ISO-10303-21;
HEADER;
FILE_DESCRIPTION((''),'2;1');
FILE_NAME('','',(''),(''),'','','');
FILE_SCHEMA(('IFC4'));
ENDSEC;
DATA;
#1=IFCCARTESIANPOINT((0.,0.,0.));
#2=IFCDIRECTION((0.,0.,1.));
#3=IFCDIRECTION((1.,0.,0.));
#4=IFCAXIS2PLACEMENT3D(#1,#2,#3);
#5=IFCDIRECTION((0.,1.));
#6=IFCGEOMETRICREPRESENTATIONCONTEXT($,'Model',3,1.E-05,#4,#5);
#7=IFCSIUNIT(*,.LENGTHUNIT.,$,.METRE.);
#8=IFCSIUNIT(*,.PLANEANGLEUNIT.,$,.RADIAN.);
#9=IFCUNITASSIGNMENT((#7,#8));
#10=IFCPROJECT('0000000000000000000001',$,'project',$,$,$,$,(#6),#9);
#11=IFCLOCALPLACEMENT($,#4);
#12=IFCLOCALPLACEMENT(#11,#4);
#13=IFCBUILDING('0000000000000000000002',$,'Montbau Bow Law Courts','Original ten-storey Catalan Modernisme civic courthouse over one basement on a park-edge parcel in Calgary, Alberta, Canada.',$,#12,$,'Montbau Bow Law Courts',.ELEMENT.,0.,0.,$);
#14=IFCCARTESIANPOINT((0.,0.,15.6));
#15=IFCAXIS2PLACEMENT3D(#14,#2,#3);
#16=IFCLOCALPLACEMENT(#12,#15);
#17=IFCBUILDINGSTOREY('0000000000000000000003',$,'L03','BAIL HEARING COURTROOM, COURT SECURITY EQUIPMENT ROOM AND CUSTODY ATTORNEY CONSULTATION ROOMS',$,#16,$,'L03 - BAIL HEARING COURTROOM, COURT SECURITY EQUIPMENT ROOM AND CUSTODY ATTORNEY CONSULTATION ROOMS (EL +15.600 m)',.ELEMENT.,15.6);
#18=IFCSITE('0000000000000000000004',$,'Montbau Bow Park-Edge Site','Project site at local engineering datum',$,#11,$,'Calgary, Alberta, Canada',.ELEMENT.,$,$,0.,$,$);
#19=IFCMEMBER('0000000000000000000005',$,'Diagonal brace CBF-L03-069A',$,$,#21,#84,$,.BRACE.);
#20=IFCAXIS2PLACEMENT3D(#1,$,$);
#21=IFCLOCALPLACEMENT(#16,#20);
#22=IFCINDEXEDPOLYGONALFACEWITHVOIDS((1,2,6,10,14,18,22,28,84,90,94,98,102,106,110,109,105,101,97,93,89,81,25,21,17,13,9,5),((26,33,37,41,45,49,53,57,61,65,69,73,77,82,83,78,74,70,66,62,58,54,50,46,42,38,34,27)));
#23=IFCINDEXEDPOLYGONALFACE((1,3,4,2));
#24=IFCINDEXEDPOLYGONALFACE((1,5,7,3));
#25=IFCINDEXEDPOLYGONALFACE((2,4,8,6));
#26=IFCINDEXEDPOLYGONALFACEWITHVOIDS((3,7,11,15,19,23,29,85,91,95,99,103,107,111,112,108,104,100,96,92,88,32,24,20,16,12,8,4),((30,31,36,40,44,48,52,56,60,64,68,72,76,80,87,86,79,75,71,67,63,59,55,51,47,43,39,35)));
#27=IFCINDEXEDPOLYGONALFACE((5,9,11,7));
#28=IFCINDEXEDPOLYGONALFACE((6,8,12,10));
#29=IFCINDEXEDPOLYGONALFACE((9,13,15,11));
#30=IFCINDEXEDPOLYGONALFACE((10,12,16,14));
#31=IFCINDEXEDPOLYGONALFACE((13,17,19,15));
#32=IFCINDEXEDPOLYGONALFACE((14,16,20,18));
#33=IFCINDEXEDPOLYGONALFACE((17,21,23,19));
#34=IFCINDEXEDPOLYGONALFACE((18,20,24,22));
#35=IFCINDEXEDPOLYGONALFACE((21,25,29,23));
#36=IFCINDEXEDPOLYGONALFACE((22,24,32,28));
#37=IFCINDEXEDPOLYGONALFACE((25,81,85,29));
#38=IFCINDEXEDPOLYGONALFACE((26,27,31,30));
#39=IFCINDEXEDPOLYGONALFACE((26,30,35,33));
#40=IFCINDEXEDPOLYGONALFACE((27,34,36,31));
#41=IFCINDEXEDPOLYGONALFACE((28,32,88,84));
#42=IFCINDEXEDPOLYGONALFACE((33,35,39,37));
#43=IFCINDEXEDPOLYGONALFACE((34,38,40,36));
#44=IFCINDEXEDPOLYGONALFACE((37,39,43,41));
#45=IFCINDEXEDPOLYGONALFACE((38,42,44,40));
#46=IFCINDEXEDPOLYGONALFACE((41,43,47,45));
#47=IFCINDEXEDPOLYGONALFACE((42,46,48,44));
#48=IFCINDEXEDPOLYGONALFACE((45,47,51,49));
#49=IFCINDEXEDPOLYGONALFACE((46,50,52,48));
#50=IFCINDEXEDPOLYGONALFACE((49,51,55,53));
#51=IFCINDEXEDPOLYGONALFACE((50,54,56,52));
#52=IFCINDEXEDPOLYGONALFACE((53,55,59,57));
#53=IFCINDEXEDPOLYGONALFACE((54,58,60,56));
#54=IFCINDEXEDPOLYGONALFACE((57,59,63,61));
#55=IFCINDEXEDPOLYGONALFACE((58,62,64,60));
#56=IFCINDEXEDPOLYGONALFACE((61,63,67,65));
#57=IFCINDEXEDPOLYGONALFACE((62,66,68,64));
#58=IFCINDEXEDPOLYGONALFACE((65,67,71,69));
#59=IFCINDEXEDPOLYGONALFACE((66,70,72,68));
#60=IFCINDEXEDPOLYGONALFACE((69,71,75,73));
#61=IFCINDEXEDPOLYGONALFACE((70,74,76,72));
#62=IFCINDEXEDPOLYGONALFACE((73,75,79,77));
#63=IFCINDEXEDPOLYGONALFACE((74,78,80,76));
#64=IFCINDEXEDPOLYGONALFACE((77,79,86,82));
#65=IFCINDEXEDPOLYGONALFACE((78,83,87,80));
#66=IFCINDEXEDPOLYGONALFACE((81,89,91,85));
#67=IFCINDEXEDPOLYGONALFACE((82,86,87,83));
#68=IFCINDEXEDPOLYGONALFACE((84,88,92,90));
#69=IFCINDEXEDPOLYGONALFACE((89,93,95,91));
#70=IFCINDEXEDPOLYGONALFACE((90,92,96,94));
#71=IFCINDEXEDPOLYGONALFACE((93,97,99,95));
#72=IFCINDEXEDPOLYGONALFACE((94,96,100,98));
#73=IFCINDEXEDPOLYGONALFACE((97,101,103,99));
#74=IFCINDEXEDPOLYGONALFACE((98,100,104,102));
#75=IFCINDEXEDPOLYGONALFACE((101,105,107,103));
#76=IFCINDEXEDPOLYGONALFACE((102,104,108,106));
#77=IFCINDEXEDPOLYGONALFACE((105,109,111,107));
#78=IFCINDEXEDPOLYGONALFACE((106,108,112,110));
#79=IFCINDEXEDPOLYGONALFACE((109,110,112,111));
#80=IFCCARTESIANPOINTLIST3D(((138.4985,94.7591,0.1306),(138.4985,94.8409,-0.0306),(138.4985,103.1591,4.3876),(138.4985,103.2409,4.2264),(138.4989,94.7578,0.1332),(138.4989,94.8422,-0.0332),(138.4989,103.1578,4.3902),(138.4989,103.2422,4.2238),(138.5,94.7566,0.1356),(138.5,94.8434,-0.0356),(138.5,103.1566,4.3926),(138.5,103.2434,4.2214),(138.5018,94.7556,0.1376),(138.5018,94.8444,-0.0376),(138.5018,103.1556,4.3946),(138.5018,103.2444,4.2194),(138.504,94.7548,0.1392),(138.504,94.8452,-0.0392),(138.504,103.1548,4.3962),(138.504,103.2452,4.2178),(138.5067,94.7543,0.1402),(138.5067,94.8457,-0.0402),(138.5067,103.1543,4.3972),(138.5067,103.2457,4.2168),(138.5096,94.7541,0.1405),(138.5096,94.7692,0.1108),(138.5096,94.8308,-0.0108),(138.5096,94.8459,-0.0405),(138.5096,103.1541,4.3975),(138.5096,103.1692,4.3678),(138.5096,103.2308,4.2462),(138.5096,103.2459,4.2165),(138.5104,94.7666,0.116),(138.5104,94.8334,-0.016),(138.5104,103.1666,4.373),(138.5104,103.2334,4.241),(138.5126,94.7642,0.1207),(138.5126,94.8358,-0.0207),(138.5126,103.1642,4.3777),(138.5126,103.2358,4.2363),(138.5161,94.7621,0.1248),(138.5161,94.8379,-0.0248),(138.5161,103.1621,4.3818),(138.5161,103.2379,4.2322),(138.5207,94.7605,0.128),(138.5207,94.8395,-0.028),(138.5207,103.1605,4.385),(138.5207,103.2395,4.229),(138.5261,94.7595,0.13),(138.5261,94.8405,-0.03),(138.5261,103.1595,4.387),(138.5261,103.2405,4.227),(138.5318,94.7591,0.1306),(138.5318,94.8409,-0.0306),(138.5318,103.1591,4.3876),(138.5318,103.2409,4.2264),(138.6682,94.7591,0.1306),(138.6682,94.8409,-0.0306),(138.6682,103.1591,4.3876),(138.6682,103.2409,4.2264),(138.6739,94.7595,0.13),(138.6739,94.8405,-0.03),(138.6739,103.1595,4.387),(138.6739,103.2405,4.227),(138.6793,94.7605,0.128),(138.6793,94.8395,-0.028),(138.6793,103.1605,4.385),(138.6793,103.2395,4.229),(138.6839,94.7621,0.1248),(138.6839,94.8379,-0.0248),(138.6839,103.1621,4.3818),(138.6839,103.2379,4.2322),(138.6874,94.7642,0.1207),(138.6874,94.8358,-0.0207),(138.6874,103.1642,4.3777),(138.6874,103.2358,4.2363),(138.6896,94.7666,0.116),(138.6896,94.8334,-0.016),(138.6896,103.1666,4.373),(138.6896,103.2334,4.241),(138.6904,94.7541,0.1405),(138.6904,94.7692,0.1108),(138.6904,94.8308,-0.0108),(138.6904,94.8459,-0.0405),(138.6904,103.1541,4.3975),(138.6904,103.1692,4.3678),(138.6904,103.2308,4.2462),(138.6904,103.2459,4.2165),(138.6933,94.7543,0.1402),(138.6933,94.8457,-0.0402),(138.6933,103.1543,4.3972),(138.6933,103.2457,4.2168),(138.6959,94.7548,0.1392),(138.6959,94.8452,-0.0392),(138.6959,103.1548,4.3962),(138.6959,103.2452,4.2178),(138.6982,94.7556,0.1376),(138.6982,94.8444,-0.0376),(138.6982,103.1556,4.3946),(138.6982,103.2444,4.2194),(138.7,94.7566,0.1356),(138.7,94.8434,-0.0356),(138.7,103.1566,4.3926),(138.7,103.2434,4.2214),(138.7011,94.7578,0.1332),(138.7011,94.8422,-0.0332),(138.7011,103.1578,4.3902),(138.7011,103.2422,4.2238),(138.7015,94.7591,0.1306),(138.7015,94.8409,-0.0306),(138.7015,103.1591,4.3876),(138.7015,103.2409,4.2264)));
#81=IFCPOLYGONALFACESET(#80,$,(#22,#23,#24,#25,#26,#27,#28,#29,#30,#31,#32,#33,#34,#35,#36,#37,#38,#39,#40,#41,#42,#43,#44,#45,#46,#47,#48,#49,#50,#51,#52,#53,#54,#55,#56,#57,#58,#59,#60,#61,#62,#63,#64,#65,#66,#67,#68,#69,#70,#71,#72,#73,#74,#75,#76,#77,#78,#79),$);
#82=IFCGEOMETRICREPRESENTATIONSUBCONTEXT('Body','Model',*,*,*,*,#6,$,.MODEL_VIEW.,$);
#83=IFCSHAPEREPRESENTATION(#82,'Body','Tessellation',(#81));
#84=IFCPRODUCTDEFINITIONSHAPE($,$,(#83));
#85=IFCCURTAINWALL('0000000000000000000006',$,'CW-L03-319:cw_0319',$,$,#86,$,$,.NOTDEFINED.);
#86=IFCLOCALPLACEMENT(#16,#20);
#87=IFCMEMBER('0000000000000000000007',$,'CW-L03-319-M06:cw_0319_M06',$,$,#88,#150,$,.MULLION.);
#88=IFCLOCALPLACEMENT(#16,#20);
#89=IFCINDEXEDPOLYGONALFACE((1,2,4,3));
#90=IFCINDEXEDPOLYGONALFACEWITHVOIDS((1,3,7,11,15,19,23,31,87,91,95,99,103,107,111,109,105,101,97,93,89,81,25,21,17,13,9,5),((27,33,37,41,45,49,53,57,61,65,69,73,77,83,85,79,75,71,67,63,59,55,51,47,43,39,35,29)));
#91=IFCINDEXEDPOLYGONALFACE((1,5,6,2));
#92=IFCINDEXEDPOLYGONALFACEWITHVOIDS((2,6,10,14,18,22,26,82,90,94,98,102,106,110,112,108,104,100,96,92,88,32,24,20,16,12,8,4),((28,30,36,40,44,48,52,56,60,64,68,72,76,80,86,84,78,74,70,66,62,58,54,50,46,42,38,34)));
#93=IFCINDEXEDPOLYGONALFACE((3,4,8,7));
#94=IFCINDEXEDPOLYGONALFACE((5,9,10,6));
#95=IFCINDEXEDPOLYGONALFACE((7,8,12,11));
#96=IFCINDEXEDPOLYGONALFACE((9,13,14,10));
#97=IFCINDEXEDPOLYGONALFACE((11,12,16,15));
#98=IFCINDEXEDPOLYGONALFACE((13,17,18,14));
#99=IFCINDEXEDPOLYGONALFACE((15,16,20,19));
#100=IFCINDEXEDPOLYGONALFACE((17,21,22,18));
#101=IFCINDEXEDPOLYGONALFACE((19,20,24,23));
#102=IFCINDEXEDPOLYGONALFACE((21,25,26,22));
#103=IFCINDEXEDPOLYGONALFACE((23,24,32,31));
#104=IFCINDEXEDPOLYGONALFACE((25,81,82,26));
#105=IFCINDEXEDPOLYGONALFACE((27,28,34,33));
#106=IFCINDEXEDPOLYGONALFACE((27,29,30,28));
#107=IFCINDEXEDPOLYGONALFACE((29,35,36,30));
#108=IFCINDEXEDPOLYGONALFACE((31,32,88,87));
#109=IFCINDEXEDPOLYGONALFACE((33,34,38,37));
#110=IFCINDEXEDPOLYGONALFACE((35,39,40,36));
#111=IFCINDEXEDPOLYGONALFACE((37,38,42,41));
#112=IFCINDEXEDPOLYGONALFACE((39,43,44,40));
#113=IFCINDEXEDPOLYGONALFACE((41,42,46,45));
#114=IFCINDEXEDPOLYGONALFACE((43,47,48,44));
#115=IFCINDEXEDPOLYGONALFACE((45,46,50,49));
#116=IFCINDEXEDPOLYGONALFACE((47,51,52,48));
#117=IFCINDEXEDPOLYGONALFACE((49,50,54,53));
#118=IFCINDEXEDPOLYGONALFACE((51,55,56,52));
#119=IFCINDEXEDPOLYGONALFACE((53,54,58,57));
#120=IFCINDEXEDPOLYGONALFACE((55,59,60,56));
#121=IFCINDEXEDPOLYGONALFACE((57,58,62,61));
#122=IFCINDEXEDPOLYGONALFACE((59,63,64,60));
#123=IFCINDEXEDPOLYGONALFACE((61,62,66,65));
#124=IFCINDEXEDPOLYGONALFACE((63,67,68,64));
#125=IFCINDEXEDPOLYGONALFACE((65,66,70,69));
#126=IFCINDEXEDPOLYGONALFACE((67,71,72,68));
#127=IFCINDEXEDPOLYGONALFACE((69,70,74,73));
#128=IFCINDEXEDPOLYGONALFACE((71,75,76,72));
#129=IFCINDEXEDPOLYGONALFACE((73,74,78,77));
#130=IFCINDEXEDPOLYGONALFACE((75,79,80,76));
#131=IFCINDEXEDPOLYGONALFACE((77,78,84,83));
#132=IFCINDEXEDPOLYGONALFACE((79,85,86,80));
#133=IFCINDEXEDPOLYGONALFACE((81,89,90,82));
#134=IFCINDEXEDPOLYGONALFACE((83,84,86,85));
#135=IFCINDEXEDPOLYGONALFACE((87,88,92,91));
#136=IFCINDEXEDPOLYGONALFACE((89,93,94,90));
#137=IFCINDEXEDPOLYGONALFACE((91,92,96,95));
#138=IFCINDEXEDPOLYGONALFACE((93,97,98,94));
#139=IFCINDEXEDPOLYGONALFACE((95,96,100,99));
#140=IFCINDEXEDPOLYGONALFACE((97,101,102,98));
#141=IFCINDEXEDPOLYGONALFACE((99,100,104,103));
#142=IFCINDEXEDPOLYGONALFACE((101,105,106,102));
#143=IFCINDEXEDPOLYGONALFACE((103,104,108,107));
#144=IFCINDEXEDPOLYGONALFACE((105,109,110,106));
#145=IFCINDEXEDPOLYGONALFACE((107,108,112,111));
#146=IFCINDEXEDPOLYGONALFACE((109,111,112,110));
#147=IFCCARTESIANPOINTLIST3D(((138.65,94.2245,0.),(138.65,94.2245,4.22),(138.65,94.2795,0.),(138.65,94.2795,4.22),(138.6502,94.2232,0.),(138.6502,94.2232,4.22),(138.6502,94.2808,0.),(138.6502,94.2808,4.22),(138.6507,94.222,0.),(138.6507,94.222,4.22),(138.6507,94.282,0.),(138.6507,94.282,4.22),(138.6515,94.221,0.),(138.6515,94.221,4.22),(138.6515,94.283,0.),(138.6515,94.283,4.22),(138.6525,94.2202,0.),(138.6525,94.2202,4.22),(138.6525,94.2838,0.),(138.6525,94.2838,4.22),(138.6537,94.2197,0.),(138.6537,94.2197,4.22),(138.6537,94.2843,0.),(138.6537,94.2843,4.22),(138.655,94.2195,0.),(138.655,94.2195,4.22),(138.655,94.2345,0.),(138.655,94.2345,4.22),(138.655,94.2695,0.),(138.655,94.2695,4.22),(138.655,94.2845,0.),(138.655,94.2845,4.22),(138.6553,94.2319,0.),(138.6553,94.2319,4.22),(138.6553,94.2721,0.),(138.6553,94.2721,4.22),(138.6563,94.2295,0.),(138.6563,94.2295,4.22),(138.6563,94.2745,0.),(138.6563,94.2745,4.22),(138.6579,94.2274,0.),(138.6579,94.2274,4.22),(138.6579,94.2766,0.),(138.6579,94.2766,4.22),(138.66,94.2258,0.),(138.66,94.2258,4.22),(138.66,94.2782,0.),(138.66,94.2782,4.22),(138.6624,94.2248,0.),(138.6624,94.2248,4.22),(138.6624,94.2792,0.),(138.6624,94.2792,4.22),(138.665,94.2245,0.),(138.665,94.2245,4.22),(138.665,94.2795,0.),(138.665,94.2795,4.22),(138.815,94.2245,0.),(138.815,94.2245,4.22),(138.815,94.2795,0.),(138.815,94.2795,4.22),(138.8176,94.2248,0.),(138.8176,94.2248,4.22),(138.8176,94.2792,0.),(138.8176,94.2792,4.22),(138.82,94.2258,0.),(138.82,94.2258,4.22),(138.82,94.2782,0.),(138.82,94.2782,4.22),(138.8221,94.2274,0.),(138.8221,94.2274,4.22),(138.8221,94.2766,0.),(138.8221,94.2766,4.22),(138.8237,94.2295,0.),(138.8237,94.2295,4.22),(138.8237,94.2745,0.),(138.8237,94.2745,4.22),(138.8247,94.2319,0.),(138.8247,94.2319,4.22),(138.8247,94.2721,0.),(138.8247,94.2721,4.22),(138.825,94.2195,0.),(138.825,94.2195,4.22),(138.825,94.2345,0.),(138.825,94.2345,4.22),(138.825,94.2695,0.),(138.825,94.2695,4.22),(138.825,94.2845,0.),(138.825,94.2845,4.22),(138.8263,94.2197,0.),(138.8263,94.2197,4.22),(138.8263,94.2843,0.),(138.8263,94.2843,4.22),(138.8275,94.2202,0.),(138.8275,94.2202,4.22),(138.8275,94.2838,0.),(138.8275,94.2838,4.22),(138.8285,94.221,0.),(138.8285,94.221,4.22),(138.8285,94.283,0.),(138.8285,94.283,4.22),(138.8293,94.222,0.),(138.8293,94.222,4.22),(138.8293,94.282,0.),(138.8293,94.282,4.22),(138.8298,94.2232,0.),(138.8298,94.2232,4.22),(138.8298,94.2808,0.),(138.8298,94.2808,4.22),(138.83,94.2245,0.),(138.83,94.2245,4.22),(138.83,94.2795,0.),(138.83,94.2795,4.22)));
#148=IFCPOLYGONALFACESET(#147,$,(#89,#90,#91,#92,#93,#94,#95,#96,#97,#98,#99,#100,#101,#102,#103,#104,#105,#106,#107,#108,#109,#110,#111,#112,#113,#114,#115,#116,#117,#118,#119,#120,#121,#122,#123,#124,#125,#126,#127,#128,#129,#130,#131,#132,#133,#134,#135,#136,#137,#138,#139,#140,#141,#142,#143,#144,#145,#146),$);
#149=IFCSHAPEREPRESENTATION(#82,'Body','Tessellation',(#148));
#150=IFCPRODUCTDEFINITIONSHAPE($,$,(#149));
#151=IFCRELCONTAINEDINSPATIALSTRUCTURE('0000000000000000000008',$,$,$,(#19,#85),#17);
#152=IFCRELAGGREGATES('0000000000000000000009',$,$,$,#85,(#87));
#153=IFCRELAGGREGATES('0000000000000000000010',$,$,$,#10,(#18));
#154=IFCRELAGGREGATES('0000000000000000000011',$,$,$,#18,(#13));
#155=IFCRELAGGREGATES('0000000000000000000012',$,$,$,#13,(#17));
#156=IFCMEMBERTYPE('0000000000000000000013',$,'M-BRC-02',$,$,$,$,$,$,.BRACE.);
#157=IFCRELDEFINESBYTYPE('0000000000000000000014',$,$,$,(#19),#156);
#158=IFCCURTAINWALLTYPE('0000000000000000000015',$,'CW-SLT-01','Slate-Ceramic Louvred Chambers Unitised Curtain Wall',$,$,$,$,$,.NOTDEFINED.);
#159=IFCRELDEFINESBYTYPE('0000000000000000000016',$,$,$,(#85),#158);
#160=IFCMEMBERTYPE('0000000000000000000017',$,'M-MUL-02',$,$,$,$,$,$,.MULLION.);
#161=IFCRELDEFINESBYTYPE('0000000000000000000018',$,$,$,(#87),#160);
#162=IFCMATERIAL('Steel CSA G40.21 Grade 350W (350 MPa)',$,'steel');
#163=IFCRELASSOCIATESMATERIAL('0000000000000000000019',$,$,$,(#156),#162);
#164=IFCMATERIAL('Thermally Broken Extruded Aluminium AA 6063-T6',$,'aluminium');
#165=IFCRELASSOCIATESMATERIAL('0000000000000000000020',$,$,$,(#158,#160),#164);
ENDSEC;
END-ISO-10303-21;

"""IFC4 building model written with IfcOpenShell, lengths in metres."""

from ifc_helpers import new_model, si_unit, direction, frame, origin_with_axes, origin_2d_with_axis, place, context, subcontext, project, spatial, hollow_rectangle, extrude, material, material_profile, profile_set, type_object, element, aggregate, save


model = new_model("IFC4")

# Units and contexts
model_context = context("Model", 3, precision=1e-05, world=origin_with_axes(), true_north=direction((0.0, 1.0)))
body_context = subcontext(model_context, "Body", "Model", "MODEL_VIEW")
ifc_project = project(units=[si_unit("LENGTHUNIT", "METRE"), si_unit("PLANEANGLEUNIT", "RADIAN")], contexts=[model_context])

# Site, building, storey
site_placement = place(None, origin_with_axes())
site = spatial("IfcSite", under=ifc_project, at=site_placement, Name="Montbau Bow Park-Edge Site", Description="Project site at local engineering datum", LongName="Calgary, Alberta, Canada", CompositionType="ELEMENT", RefElevation=0.0)
building_placement = place(site_placement, origin_with_axes())
building = spatial("IfcBuilding", under=site, at=building_placement, Name="Montbau Bow Law Courts", Description="Original ten-storey Catalan Modernisme civic courthouse over one basement on a park-edge parcel in Calgary, Alberta, Canada.", LongName="Montbau Bow Law Courts", CompositionType="ELEMENT", ElevationOfRefHeight=0.0, ElevationOfTerrain=0.0)
storey_placement = place(building_placement, frame((0.0, 0.0, 15.6), z_axis=(0.0, 0.0, 1.0), x_axis=(1.0, 0.0, 0.0)))
storey = spatial("IfcBuildingStorey", under=building, at=storey_placement, Name="L03", Description="BAIL HEARING COURTROOM, COURT SECURITY EQUIPMENT ROOM AND CUSTODY ATTORNEY CONSULTATION ROOMS", LongName="L03 - BAIL HEARING COURTROOM, COURT SECURITY EQUIPMENT ROOM AND CUSTODY ATTORNEY CONSULTATION ROOMS (EL +15.600 m)", CompositionType="ELEMENT", Elevation=15.6)

# Shared definitions
ifc_material_1 = material(Name="Steel CSA G40.21 Grade 350W (350 MPa)", Category="steel")

# Member
ifc_material_profile_1 = material_profile(ifc_material_1, hollow_rectangle(XDim=0.203, YDim=0.203, WallThickness=0.0111, InnerFilletRadius=0.0222, OuterFilletRadius=0.0111, at=origin_2d_with_axis()), Name="HSS203X203X11", Category="Main", Priority=0)
ifc_profile_set_1 = profile_set([ifc_material_profile_1], Name="Steel CSA G40.21 Grade 350W (350 MPa)")
member_type_1 = type_object("IfcMemberType", Name="M-BRC-02", PredefinedType="BRACE", material=ifc_profile_set_1)
member_1_placement = place(None, frame((138.6, 94.8, 15.65), z_axis=(0.0, 0.891993, 0.452049), x_axis=(-1.0, 0.0, 0.0)))
element("IfcMember", 1, at=member_1_placement, inside=storey, type_object=member_type_1, Name="Diagonal brace CBF-L03-069A", PredefinedType="BRACE", context=body_context, shape_type="SweptSolid", body=[
    extrude(hollow_rectangle(XDim=0.203, YDim=0.203, WallThickness=0.0111, InnerFilletRadius=0.0222, OuterFilletRadius=0.0111, at=origin_2d_with_axis()), origin_with_axes(), (0.0, 0.0, 1.0), 9.4171),
])

# Curtain wall, member
ifc_material_2 = material(Name="Thermally Broken Extruded Aluminium AA 6063-T6", Category="aluminium")
curtain_wall_type = type_object("IfcCurtainWallType", Name="CW-SLT-01", Description="Slate-Ceramic Louvred Chambers Unitised Curtain Wall", PredefinedType="NOTDEFINED", material=ifc_material_2)
curtain_wall_1_placement = place(None, frame((138.74, 86.915, 15.6), z_axis=(0.0, 0.0, 1.0), x_axis=(1.0, 0.0, 0.0)))
curtain_wall_1 = element("IfcCurtainWall", 2, at=curtain_wall_1_placement, inside=storey, type_object=curtain_wall_type, Name="CW-L03-319:cw_0319", PredefinedType="NOTDEFINED")
ifc_material_profile_2 = material_profile(ifc_material_2, hollow_rectangle(XDim=0.065, YDim=0.18, WallThickness=0.005, InnerFilletRadius=0.01, OuterFilletRadius=0.005, at=origin_2d_with_axis()), Name="CWM-180X65", Category="Main", Priority=0)
ifc_profile_set_2 = profile_set([ifc_material_profile_2], Name="Thermally Broken Extruded Aluminium AA 6063-T6")
member_type_2 = type_object("IfcMemberType", Name="M-MUL-02", PredefinedType="MULLION", material=ifc_profile_set_2)
member_2_placement = place(None, frame((138.74, 94.252, 15.6), z_axis=(0.0, 0.0, 1.0), x_axis=(0.0, 1.0, 0.0)))
member_2 = element("IfcMember", 3, at=member_2_placement, type_object=member_type_2, Name="CW-L03-319-M06:cw_0319_M06", PredefinedType="MULLION", context=body_context, shape_type="SweptSolid", body=[
    extrude(hollow_rectangle(XDim=0.065, YDim=0.18, WallThickness=0.005, InnerFilletRadius=0.01, OuterFilletRadius=0.005, at=origin_2d_with_axis()), origin_with_axes(), (0.0, 0.0, 1.0), 4.22),
])
aggregate(curtain_wall_1, [member_2])

save(model, "model.ifc")
